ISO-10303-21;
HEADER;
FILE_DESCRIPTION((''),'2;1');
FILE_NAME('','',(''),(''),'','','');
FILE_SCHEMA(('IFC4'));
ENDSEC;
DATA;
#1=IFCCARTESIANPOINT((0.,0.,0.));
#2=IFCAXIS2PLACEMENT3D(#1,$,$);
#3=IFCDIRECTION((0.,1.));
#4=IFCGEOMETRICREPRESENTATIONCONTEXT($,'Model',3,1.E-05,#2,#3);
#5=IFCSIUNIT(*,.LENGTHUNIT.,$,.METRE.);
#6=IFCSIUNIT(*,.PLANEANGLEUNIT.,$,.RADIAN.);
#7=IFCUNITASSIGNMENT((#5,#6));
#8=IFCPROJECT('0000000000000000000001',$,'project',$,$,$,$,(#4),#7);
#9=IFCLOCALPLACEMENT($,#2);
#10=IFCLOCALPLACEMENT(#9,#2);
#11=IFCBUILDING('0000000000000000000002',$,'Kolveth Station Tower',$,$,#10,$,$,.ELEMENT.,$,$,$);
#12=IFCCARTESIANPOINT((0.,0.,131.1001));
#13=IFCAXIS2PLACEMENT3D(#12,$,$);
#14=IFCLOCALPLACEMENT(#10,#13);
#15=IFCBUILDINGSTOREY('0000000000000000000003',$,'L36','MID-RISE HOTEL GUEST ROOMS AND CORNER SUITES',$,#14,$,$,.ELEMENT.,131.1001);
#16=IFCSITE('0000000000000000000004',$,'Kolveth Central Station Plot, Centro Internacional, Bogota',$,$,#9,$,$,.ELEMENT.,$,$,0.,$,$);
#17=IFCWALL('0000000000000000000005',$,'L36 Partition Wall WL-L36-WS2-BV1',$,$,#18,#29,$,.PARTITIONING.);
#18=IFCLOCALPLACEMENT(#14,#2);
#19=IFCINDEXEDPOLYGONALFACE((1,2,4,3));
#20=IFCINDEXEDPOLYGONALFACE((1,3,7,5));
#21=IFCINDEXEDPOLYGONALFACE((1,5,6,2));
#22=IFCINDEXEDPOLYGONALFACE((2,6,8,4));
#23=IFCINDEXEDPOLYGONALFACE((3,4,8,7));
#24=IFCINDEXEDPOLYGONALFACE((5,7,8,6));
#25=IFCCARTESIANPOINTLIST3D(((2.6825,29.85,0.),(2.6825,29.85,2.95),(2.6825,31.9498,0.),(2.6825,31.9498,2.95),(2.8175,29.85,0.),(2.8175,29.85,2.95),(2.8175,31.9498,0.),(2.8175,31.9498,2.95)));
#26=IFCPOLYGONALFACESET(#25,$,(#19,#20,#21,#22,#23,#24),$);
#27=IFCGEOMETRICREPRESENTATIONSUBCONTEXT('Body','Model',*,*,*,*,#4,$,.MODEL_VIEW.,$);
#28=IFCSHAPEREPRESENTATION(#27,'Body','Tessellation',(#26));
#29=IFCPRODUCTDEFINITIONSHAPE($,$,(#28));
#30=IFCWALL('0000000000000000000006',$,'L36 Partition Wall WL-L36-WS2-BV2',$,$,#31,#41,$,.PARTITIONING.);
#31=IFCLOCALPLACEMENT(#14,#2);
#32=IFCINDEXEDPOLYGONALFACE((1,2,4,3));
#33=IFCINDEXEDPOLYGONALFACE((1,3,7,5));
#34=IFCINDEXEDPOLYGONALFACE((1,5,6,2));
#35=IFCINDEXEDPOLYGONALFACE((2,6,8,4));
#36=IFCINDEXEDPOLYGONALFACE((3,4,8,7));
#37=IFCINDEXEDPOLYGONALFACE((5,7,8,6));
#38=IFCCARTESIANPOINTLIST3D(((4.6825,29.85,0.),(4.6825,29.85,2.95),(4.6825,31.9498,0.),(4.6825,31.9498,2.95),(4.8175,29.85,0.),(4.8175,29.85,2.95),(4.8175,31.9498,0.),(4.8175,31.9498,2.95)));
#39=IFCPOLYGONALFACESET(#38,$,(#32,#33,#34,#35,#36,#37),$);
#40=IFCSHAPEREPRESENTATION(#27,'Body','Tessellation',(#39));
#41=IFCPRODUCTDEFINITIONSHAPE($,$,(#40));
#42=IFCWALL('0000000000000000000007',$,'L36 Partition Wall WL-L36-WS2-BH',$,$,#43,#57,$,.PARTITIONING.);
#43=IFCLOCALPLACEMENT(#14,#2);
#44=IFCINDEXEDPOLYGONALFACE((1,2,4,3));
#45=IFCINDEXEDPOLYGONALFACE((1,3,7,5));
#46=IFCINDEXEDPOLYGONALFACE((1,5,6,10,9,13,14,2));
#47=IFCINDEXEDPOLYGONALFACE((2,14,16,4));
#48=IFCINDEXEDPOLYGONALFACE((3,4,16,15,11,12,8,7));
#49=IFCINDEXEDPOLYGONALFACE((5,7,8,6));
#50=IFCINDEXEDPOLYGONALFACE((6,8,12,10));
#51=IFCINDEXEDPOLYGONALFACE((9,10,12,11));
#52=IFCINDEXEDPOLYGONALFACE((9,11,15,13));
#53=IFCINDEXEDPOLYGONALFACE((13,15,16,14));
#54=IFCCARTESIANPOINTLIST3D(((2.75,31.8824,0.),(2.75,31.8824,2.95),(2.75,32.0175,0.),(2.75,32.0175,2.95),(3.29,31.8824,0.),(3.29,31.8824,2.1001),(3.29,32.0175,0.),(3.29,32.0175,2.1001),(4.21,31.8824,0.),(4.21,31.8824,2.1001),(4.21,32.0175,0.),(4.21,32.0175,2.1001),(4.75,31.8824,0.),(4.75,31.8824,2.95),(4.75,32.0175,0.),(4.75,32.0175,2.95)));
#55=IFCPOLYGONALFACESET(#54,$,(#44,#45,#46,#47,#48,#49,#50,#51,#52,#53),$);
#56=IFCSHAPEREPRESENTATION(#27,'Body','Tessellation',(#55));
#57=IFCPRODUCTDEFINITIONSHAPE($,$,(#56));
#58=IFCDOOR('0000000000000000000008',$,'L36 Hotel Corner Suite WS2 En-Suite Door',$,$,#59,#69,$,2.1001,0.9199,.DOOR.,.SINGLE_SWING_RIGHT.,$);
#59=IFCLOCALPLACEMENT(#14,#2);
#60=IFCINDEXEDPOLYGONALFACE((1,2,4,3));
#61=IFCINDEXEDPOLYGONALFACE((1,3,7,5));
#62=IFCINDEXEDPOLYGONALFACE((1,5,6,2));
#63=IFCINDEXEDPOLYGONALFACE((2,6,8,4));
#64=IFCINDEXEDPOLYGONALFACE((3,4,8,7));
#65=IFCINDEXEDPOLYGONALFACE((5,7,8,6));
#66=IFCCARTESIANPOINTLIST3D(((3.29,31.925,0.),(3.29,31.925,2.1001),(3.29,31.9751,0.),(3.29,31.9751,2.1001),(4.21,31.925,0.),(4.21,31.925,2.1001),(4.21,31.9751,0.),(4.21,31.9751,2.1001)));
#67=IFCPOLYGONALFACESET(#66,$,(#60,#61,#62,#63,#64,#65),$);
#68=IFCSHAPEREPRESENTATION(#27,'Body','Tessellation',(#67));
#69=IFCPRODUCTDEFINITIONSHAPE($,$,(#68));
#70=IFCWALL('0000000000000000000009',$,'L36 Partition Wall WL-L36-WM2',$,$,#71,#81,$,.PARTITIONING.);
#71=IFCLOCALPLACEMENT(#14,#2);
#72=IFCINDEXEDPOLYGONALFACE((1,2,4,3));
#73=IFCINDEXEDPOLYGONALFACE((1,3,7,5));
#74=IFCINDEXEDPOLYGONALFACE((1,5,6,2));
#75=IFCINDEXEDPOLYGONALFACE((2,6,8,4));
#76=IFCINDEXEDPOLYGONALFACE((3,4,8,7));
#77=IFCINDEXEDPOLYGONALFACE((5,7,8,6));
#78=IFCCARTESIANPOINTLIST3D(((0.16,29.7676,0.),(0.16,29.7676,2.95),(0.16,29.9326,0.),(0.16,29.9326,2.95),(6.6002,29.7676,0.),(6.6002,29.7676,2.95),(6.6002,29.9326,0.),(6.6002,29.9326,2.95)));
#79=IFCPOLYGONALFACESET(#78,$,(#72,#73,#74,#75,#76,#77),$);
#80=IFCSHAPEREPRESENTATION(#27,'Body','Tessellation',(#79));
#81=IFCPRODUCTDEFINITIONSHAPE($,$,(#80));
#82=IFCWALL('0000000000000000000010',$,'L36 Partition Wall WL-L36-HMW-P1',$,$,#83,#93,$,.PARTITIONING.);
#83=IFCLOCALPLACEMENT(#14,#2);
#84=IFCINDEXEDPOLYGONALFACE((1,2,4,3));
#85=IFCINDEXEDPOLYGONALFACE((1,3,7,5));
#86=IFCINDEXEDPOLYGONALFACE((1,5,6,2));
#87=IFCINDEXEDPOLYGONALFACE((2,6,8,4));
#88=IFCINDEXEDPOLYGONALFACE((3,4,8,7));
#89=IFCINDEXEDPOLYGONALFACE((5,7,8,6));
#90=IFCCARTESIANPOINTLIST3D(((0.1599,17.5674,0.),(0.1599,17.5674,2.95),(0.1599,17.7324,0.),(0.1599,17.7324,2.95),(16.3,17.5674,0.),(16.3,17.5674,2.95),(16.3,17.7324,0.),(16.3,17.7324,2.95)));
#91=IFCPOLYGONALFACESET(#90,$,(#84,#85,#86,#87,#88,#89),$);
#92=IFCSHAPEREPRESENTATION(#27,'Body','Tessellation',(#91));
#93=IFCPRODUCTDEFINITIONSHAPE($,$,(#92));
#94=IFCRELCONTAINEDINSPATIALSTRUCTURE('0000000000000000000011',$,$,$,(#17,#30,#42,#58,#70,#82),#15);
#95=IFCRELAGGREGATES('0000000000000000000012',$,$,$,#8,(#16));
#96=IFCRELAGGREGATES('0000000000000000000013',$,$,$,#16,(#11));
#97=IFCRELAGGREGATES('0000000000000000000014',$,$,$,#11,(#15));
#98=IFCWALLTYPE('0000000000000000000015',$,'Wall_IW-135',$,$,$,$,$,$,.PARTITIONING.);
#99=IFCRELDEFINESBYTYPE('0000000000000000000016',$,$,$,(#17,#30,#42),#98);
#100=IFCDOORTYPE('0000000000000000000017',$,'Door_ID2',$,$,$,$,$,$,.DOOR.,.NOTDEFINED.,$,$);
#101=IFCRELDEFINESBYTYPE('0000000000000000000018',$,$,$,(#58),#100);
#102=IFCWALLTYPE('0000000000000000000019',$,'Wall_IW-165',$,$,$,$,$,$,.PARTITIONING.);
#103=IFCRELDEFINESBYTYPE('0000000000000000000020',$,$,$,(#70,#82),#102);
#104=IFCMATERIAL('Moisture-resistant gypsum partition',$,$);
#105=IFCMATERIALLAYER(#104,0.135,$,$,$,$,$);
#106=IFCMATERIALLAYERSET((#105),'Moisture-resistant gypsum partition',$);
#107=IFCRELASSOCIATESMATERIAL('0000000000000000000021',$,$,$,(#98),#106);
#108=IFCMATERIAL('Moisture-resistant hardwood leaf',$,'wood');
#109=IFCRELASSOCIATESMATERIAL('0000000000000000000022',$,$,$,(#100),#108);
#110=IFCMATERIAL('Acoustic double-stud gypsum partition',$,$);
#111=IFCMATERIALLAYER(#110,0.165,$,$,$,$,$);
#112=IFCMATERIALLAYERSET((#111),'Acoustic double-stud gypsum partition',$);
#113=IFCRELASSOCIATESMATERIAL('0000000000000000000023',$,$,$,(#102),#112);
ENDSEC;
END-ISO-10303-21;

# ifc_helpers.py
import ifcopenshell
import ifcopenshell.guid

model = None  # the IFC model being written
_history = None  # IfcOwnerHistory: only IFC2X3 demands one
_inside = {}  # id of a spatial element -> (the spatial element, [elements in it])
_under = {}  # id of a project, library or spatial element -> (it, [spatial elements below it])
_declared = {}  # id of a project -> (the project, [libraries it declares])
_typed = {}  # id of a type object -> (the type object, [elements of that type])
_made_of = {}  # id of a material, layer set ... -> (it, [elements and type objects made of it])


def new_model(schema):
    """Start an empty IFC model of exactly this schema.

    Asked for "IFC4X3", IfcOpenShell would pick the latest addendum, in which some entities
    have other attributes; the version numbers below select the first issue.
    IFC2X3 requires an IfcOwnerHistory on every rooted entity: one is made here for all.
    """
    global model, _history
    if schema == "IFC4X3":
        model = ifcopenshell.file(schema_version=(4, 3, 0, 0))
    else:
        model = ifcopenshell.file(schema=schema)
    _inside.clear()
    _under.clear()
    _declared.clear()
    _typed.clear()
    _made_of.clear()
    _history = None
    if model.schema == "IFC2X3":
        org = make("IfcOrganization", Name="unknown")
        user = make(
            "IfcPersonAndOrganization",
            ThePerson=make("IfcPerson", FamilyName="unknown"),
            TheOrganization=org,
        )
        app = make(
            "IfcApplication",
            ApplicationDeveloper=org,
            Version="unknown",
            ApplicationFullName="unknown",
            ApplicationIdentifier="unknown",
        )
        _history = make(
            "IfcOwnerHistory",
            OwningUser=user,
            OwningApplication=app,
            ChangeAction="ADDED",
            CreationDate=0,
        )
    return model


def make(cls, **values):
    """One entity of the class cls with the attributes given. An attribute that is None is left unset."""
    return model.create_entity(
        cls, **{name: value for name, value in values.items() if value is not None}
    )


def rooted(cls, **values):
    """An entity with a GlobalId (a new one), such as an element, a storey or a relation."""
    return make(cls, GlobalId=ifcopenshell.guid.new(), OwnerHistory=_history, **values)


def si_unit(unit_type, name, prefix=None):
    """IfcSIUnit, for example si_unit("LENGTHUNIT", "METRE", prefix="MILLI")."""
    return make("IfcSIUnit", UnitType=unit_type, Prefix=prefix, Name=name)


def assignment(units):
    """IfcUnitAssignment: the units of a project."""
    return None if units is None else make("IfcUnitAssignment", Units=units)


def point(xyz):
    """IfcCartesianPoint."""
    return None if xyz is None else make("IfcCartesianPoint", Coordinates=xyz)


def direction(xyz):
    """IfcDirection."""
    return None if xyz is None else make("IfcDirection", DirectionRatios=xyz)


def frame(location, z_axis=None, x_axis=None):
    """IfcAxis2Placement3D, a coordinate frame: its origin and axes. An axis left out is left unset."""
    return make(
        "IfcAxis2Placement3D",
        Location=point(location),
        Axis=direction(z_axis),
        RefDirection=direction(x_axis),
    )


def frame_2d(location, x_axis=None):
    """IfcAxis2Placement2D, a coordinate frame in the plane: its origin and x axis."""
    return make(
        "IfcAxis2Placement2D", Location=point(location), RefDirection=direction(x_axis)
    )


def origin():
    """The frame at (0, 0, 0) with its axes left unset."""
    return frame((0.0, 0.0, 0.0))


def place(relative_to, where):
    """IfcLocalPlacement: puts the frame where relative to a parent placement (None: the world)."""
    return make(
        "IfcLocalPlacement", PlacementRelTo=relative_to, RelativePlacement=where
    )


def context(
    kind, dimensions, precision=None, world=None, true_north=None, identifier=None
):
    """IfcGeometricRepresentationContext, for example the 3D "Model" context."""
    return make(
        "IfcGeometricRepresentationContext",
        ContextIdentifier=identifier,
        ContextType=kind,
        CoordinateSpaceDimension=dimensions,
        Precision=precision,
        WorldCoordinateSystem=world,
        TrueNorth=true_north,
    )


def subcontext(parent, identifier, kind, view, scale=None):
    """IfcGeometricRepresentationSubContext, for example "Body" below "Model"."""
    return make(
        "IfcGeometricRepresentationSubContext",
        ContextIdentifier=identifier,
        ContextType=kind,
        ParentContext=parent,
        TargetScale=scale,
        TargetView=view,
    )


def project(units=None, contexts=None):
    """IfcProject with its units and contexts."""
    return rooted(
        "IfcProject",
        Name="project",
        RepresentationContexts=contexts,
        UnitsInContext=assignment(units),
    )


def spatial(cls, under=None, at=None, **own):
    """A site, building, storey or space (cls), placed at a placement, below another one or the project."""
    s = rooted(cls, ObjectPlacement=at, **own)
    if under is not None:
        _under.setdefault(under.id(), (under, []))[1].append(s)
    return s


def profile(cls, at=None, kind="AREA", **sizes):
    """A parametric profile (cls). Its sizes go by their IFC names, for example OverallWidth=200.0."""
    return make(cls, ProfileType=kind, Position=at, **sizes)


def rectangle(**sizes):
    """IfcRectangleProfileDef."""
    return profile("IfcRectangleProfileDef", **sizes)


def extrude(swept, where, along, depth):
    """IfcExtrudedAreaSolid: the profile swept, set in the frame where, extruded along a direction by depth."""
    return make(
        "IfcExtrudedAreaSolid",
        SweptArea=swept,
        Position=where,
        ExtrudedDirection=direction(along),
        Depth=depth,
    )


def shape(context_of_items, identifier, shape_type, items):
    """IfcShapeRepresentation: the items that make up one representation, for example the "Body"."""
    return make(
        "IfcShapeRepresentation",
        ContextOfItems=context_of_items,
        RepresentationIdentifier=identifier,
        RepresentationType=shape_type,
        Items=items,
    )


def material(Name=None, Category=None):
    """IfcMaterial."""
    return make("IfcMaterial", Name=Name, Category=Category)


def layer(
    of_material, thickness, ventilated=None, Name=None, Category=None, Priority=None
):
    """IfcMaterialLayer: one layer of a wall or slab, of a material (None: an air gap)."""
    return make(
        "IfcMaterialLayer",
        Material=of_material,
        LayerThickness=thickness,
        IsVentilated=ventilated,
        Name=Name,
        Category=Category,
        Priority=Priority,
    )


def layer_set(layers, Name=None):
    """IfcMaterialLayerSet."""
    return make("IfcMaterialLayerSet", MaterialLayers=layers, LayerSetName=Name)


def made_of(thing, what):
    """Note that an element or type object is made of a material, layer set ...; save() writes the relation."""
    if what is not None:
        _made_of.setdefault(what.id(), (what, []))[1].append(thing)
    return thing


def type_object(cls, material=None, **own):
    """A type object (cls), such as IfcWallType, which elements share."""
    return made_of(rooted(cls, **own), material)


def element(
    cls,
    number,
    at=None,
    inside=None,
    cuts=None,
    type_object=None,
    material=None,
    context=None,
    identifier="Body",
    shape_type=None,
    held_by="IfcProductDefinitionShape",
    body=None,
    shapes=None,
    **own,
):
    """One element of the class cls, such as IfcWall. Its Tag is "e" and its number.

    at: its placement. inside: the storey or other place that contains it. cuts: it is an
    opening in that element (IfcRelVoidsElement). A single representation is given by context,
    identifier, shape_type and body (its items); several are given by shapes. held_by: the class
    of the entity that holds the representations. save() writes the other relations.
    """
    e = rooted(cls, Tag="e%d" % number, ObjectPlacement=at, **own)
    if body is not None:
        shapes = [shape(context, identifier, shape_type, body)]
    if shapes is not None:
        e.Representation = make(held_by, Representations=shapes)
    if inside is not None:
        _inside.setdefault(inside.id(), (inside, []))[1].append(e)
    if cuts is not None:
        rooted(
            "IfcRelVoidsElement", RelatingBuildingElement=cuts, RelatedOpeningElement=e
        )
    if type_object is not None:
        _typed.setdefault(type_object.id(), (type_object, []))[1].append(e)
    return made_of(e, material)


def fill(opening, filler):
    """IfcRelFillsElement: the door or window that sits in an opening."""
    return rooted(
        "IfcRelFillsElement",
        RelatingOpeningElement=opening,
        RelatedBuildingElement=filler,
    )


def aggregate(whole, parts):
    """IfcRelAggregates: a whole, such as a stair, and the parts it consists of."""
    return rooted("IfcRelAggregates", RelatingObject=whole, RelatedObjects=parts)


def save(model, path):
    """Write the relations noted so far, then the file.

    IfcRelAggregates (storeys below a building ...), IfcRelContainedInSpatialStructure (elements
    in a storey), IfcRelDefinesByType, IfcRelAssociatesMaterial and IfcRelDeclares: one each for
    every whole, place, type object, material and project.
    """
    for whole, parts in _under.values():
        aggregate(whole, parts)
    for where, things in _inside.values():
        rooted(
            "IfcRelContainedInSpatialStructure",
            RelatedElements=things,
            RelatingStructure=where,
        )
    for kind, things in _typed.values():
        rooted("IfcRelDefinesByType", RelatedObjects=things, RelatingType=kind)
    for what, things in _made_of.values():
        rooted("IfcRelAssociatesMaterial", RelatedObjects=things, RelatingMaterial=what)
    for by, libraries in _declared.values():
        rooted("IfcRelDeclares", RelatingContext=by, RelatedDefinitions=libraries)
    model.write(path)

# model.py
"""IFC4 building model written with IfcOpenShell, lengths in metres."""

from ifc_helpers import new_model, si_unit, direction, frame, frame_2d, origin, place, context, subcontext, project, spatial, rectangle, extrude, material, layer, layer_set, type_object, element, fill, save


model = new_model("IFC4")

# Units and contexts
model_context = context("Model", 3, precision=1e-05, world=origin(), true_north=direction((0.0, 1.0)))
body_context = subcontext(model_context, "Body", "Model", "MODEL_VIEW")
ifc_project = project(units=[si_unit("LENGTHUNIT", "METRE"), si_unit("PLANEANGLEUNIT", "RADIAN")], contexts=[model_context])

# Site, building, storey
site_placement = place(None, origin())
site = spatial("IfcSite", under=ifc_project, at=site_placement, Name="Kolveth Central Station Plot, Centro Internacional, Bogota", CompositionType="ELEMENT", RefElevation=0.0)
building_placement = place(site_placement, origin())
building = spatial("IfcBuilding", under=site, at=building_placement, Name="Kolveth Station Tower", CompositionType="ELEMENT")
storey_placement = place(building_placement, frame((0.0, 0.0, 131.1001)))
storey = spatial("IfcBuildingStorey", under=building, at=storey_placement, Name="L36", Description="MID-RISE HOTEL GUEST ROOMS AND CORNER SUITES", CompositionType="ELEMENT", Elevation=131.1001)

# Walls
ifc_material_1 = material(Name="Moisture-resistant gypsum partition")
ifc_layer_1 = layer(ifc_material_1, 0.135)
ifc_layer_set_1 = layer_set([ifc_layer_1], Name="Moisture-resistant gypsum partition")
wall_type_1 = type_object("IfcWallType", Name="Wall_IW-135", PredefinedType="PARTITIONING", material=ifc_layer_set_1)
for number, where, z_axis, x_axis, name in (
    (1, (2.75, 29.8501, 0.0), (0.0, 0.0, 1.0), (0.0, 1.0, 0.0), "L36 Partition Wall WL-L36-WS2-BV1"),
    (2, (4.75, 29.8501, 0.0), (0.0, 0.0, 1.0), (0.0, 1.0, 0.0), "L36 Partition Wall WL-L36-WS2-BV2"),
):
    element("IfcWall", number, at=place(storey_placement, frame(where, z_axis=z_axis, x_axis=x_axis)), inside=storey, type_object=wall_type_1, Name=name, PredefinedType="PARTITIONING", context=body_context, shape_type="SweptSolid", body=[
        extrude(rectangle(XDim=2.0999, YDim=0.135, at=frame_2d((1.0498, 0.0))), origin(), (0.0, 0.0, 1.0), 2.95),
    ])

# Wall, opening, door
wall_1_placement = place(storey_placement, frame((2.75, 31.95, 0.0), z_axis=(0.0, 0.0, 1.0), x_axis=(1.0, 0.0, 0.0)))
wall_1 = element("IfcWall", 3, at=wall_1_placement, inside=storey, type_object=wall_type_1, Name="L36 Partition Wall WL-L36-WS2-BH", PredefinedType="PARTITIONING", context=body_context, shape_type="SweptSolid", body=[
    extrude(rectangle(XDim=2.0, YDim=0.135, at=frame_2d((1.0, 0.0))), origin(), (0.0, 0.0, 1.0), 2.95),
])
opening_placement = place(wall_1_placement, frame((0.54, 0.0, 0.0)))
opening = element("IfcOpeningElement", 4, at=opening_placement, cuts=wall_1, PredefinedType="OPENING", context=body_context, shape_type="SweptSolid", body=[
    extrude(rectangle(XDim=0.9199, YDim=2.1001, at=frame_2d((0.46, 1.05))), frame((0.0, 0.0774, 0.0), z_axis=(0.0, -1.0, 0.0), x_axis=(1.0, 0.0, 0.0)), (0.0, 0.0, 1.0), 0.155),
])
ifc_material_2 = material(Name="Moisture-resistant hardwood leaf", Category="wood")
door_type = type_object("IfcDoorType", Name="Door_ID2", OperationType="NOTDEFINED", PredefinedType="DOOR", material=ifc_material_2)
door_placement = place(opening_placement, frame((0.9199, 0.0, 0.0), z_axis=(0.0, 0.0, 1.0), x_axis=(-1.0, 0.0, 0.0)))
door = element("IfcDoor", 5, at=door_placement, inside=storey, type_object=door_type, Name="L36 Hotel Corner Suite WS2 En-Suite Door", OperationType="SINGLE_SWING_RIGHT", OverallHeight=2.1001, OverallWidth=0.9199, PredefinedType="DOOR", context=body_context, shape_type="SweptSolid", body=[
    extrude(rectangle(XDim=0.9199, YDim=2.1001, at=frame_2d((0.46, 1.05))), frame((0.0, 0.0249, 0.0), z_axis=(0.0, -1.0, 0.0), x_axis=(1.0, 0.0, 0.0)), (0.0, 0.0, 1.0), 0.05),
])
fill(opening, door)

# Walls
ifc_material_3 = material(Name="Acoustic double-stud gypsum partition")
ifc_layer_2 = layer(ifc_material_3, 0.165)
ifc_layer_set_2 = layer_set([ifc_layer_2], Name="Acoustic double-stud gypsum partition")
wall_type_2 = type_object("IfcWallType", Name="Wall_IW-165", PredefinedType="PARTITIONING", material=ifc_layer_set_2)
wall_2_placement = place(storey_placement, frame((0.1599, 29.8501, 0.0), z_axis=(0.0, 0.0, 1.0), x_axis=(1.0, 0.0, 0.0)))
element("IfcWall", 6, at=wall_2_placement, inside=storey, type_object=wall_type_2, Name="L36 Partition Wall WL-L36-WM2", PredefinedType="PARTITIONING", context=body_context, shape_type="SweptSolid", body=[
    extrude(rectangle(XDim=6.4402, YDim=0.165, at=frame_2d((3.2202, 0.0))), origin(), (0.0, 0.0, 1.0), 2.95),
])
wall_3_placement = place(storey_placement, frame((0.1599, 17.6499, 0.0), z_axis=(0.0, 0.0, 1.0), x_axis=(1.0, 0.0, 0.0)))
element("IfcWall", 7, at=wall_3_placement, inside=storey, type_object=wall_type_2, Name="L36 Partition Wall WL-L36-HMW-P1", PredefinedType="PARTITIONING", context=body_context, shape_type="SweptSolid", body=[
    extrude(rectangle(XDim=16.1401, YDim=0.165, at=frame_2d((8.0701, 0.0))), origin(), (0.0, 0.0, 1.0), 2.95),
])

save(model, "model.ifc")
